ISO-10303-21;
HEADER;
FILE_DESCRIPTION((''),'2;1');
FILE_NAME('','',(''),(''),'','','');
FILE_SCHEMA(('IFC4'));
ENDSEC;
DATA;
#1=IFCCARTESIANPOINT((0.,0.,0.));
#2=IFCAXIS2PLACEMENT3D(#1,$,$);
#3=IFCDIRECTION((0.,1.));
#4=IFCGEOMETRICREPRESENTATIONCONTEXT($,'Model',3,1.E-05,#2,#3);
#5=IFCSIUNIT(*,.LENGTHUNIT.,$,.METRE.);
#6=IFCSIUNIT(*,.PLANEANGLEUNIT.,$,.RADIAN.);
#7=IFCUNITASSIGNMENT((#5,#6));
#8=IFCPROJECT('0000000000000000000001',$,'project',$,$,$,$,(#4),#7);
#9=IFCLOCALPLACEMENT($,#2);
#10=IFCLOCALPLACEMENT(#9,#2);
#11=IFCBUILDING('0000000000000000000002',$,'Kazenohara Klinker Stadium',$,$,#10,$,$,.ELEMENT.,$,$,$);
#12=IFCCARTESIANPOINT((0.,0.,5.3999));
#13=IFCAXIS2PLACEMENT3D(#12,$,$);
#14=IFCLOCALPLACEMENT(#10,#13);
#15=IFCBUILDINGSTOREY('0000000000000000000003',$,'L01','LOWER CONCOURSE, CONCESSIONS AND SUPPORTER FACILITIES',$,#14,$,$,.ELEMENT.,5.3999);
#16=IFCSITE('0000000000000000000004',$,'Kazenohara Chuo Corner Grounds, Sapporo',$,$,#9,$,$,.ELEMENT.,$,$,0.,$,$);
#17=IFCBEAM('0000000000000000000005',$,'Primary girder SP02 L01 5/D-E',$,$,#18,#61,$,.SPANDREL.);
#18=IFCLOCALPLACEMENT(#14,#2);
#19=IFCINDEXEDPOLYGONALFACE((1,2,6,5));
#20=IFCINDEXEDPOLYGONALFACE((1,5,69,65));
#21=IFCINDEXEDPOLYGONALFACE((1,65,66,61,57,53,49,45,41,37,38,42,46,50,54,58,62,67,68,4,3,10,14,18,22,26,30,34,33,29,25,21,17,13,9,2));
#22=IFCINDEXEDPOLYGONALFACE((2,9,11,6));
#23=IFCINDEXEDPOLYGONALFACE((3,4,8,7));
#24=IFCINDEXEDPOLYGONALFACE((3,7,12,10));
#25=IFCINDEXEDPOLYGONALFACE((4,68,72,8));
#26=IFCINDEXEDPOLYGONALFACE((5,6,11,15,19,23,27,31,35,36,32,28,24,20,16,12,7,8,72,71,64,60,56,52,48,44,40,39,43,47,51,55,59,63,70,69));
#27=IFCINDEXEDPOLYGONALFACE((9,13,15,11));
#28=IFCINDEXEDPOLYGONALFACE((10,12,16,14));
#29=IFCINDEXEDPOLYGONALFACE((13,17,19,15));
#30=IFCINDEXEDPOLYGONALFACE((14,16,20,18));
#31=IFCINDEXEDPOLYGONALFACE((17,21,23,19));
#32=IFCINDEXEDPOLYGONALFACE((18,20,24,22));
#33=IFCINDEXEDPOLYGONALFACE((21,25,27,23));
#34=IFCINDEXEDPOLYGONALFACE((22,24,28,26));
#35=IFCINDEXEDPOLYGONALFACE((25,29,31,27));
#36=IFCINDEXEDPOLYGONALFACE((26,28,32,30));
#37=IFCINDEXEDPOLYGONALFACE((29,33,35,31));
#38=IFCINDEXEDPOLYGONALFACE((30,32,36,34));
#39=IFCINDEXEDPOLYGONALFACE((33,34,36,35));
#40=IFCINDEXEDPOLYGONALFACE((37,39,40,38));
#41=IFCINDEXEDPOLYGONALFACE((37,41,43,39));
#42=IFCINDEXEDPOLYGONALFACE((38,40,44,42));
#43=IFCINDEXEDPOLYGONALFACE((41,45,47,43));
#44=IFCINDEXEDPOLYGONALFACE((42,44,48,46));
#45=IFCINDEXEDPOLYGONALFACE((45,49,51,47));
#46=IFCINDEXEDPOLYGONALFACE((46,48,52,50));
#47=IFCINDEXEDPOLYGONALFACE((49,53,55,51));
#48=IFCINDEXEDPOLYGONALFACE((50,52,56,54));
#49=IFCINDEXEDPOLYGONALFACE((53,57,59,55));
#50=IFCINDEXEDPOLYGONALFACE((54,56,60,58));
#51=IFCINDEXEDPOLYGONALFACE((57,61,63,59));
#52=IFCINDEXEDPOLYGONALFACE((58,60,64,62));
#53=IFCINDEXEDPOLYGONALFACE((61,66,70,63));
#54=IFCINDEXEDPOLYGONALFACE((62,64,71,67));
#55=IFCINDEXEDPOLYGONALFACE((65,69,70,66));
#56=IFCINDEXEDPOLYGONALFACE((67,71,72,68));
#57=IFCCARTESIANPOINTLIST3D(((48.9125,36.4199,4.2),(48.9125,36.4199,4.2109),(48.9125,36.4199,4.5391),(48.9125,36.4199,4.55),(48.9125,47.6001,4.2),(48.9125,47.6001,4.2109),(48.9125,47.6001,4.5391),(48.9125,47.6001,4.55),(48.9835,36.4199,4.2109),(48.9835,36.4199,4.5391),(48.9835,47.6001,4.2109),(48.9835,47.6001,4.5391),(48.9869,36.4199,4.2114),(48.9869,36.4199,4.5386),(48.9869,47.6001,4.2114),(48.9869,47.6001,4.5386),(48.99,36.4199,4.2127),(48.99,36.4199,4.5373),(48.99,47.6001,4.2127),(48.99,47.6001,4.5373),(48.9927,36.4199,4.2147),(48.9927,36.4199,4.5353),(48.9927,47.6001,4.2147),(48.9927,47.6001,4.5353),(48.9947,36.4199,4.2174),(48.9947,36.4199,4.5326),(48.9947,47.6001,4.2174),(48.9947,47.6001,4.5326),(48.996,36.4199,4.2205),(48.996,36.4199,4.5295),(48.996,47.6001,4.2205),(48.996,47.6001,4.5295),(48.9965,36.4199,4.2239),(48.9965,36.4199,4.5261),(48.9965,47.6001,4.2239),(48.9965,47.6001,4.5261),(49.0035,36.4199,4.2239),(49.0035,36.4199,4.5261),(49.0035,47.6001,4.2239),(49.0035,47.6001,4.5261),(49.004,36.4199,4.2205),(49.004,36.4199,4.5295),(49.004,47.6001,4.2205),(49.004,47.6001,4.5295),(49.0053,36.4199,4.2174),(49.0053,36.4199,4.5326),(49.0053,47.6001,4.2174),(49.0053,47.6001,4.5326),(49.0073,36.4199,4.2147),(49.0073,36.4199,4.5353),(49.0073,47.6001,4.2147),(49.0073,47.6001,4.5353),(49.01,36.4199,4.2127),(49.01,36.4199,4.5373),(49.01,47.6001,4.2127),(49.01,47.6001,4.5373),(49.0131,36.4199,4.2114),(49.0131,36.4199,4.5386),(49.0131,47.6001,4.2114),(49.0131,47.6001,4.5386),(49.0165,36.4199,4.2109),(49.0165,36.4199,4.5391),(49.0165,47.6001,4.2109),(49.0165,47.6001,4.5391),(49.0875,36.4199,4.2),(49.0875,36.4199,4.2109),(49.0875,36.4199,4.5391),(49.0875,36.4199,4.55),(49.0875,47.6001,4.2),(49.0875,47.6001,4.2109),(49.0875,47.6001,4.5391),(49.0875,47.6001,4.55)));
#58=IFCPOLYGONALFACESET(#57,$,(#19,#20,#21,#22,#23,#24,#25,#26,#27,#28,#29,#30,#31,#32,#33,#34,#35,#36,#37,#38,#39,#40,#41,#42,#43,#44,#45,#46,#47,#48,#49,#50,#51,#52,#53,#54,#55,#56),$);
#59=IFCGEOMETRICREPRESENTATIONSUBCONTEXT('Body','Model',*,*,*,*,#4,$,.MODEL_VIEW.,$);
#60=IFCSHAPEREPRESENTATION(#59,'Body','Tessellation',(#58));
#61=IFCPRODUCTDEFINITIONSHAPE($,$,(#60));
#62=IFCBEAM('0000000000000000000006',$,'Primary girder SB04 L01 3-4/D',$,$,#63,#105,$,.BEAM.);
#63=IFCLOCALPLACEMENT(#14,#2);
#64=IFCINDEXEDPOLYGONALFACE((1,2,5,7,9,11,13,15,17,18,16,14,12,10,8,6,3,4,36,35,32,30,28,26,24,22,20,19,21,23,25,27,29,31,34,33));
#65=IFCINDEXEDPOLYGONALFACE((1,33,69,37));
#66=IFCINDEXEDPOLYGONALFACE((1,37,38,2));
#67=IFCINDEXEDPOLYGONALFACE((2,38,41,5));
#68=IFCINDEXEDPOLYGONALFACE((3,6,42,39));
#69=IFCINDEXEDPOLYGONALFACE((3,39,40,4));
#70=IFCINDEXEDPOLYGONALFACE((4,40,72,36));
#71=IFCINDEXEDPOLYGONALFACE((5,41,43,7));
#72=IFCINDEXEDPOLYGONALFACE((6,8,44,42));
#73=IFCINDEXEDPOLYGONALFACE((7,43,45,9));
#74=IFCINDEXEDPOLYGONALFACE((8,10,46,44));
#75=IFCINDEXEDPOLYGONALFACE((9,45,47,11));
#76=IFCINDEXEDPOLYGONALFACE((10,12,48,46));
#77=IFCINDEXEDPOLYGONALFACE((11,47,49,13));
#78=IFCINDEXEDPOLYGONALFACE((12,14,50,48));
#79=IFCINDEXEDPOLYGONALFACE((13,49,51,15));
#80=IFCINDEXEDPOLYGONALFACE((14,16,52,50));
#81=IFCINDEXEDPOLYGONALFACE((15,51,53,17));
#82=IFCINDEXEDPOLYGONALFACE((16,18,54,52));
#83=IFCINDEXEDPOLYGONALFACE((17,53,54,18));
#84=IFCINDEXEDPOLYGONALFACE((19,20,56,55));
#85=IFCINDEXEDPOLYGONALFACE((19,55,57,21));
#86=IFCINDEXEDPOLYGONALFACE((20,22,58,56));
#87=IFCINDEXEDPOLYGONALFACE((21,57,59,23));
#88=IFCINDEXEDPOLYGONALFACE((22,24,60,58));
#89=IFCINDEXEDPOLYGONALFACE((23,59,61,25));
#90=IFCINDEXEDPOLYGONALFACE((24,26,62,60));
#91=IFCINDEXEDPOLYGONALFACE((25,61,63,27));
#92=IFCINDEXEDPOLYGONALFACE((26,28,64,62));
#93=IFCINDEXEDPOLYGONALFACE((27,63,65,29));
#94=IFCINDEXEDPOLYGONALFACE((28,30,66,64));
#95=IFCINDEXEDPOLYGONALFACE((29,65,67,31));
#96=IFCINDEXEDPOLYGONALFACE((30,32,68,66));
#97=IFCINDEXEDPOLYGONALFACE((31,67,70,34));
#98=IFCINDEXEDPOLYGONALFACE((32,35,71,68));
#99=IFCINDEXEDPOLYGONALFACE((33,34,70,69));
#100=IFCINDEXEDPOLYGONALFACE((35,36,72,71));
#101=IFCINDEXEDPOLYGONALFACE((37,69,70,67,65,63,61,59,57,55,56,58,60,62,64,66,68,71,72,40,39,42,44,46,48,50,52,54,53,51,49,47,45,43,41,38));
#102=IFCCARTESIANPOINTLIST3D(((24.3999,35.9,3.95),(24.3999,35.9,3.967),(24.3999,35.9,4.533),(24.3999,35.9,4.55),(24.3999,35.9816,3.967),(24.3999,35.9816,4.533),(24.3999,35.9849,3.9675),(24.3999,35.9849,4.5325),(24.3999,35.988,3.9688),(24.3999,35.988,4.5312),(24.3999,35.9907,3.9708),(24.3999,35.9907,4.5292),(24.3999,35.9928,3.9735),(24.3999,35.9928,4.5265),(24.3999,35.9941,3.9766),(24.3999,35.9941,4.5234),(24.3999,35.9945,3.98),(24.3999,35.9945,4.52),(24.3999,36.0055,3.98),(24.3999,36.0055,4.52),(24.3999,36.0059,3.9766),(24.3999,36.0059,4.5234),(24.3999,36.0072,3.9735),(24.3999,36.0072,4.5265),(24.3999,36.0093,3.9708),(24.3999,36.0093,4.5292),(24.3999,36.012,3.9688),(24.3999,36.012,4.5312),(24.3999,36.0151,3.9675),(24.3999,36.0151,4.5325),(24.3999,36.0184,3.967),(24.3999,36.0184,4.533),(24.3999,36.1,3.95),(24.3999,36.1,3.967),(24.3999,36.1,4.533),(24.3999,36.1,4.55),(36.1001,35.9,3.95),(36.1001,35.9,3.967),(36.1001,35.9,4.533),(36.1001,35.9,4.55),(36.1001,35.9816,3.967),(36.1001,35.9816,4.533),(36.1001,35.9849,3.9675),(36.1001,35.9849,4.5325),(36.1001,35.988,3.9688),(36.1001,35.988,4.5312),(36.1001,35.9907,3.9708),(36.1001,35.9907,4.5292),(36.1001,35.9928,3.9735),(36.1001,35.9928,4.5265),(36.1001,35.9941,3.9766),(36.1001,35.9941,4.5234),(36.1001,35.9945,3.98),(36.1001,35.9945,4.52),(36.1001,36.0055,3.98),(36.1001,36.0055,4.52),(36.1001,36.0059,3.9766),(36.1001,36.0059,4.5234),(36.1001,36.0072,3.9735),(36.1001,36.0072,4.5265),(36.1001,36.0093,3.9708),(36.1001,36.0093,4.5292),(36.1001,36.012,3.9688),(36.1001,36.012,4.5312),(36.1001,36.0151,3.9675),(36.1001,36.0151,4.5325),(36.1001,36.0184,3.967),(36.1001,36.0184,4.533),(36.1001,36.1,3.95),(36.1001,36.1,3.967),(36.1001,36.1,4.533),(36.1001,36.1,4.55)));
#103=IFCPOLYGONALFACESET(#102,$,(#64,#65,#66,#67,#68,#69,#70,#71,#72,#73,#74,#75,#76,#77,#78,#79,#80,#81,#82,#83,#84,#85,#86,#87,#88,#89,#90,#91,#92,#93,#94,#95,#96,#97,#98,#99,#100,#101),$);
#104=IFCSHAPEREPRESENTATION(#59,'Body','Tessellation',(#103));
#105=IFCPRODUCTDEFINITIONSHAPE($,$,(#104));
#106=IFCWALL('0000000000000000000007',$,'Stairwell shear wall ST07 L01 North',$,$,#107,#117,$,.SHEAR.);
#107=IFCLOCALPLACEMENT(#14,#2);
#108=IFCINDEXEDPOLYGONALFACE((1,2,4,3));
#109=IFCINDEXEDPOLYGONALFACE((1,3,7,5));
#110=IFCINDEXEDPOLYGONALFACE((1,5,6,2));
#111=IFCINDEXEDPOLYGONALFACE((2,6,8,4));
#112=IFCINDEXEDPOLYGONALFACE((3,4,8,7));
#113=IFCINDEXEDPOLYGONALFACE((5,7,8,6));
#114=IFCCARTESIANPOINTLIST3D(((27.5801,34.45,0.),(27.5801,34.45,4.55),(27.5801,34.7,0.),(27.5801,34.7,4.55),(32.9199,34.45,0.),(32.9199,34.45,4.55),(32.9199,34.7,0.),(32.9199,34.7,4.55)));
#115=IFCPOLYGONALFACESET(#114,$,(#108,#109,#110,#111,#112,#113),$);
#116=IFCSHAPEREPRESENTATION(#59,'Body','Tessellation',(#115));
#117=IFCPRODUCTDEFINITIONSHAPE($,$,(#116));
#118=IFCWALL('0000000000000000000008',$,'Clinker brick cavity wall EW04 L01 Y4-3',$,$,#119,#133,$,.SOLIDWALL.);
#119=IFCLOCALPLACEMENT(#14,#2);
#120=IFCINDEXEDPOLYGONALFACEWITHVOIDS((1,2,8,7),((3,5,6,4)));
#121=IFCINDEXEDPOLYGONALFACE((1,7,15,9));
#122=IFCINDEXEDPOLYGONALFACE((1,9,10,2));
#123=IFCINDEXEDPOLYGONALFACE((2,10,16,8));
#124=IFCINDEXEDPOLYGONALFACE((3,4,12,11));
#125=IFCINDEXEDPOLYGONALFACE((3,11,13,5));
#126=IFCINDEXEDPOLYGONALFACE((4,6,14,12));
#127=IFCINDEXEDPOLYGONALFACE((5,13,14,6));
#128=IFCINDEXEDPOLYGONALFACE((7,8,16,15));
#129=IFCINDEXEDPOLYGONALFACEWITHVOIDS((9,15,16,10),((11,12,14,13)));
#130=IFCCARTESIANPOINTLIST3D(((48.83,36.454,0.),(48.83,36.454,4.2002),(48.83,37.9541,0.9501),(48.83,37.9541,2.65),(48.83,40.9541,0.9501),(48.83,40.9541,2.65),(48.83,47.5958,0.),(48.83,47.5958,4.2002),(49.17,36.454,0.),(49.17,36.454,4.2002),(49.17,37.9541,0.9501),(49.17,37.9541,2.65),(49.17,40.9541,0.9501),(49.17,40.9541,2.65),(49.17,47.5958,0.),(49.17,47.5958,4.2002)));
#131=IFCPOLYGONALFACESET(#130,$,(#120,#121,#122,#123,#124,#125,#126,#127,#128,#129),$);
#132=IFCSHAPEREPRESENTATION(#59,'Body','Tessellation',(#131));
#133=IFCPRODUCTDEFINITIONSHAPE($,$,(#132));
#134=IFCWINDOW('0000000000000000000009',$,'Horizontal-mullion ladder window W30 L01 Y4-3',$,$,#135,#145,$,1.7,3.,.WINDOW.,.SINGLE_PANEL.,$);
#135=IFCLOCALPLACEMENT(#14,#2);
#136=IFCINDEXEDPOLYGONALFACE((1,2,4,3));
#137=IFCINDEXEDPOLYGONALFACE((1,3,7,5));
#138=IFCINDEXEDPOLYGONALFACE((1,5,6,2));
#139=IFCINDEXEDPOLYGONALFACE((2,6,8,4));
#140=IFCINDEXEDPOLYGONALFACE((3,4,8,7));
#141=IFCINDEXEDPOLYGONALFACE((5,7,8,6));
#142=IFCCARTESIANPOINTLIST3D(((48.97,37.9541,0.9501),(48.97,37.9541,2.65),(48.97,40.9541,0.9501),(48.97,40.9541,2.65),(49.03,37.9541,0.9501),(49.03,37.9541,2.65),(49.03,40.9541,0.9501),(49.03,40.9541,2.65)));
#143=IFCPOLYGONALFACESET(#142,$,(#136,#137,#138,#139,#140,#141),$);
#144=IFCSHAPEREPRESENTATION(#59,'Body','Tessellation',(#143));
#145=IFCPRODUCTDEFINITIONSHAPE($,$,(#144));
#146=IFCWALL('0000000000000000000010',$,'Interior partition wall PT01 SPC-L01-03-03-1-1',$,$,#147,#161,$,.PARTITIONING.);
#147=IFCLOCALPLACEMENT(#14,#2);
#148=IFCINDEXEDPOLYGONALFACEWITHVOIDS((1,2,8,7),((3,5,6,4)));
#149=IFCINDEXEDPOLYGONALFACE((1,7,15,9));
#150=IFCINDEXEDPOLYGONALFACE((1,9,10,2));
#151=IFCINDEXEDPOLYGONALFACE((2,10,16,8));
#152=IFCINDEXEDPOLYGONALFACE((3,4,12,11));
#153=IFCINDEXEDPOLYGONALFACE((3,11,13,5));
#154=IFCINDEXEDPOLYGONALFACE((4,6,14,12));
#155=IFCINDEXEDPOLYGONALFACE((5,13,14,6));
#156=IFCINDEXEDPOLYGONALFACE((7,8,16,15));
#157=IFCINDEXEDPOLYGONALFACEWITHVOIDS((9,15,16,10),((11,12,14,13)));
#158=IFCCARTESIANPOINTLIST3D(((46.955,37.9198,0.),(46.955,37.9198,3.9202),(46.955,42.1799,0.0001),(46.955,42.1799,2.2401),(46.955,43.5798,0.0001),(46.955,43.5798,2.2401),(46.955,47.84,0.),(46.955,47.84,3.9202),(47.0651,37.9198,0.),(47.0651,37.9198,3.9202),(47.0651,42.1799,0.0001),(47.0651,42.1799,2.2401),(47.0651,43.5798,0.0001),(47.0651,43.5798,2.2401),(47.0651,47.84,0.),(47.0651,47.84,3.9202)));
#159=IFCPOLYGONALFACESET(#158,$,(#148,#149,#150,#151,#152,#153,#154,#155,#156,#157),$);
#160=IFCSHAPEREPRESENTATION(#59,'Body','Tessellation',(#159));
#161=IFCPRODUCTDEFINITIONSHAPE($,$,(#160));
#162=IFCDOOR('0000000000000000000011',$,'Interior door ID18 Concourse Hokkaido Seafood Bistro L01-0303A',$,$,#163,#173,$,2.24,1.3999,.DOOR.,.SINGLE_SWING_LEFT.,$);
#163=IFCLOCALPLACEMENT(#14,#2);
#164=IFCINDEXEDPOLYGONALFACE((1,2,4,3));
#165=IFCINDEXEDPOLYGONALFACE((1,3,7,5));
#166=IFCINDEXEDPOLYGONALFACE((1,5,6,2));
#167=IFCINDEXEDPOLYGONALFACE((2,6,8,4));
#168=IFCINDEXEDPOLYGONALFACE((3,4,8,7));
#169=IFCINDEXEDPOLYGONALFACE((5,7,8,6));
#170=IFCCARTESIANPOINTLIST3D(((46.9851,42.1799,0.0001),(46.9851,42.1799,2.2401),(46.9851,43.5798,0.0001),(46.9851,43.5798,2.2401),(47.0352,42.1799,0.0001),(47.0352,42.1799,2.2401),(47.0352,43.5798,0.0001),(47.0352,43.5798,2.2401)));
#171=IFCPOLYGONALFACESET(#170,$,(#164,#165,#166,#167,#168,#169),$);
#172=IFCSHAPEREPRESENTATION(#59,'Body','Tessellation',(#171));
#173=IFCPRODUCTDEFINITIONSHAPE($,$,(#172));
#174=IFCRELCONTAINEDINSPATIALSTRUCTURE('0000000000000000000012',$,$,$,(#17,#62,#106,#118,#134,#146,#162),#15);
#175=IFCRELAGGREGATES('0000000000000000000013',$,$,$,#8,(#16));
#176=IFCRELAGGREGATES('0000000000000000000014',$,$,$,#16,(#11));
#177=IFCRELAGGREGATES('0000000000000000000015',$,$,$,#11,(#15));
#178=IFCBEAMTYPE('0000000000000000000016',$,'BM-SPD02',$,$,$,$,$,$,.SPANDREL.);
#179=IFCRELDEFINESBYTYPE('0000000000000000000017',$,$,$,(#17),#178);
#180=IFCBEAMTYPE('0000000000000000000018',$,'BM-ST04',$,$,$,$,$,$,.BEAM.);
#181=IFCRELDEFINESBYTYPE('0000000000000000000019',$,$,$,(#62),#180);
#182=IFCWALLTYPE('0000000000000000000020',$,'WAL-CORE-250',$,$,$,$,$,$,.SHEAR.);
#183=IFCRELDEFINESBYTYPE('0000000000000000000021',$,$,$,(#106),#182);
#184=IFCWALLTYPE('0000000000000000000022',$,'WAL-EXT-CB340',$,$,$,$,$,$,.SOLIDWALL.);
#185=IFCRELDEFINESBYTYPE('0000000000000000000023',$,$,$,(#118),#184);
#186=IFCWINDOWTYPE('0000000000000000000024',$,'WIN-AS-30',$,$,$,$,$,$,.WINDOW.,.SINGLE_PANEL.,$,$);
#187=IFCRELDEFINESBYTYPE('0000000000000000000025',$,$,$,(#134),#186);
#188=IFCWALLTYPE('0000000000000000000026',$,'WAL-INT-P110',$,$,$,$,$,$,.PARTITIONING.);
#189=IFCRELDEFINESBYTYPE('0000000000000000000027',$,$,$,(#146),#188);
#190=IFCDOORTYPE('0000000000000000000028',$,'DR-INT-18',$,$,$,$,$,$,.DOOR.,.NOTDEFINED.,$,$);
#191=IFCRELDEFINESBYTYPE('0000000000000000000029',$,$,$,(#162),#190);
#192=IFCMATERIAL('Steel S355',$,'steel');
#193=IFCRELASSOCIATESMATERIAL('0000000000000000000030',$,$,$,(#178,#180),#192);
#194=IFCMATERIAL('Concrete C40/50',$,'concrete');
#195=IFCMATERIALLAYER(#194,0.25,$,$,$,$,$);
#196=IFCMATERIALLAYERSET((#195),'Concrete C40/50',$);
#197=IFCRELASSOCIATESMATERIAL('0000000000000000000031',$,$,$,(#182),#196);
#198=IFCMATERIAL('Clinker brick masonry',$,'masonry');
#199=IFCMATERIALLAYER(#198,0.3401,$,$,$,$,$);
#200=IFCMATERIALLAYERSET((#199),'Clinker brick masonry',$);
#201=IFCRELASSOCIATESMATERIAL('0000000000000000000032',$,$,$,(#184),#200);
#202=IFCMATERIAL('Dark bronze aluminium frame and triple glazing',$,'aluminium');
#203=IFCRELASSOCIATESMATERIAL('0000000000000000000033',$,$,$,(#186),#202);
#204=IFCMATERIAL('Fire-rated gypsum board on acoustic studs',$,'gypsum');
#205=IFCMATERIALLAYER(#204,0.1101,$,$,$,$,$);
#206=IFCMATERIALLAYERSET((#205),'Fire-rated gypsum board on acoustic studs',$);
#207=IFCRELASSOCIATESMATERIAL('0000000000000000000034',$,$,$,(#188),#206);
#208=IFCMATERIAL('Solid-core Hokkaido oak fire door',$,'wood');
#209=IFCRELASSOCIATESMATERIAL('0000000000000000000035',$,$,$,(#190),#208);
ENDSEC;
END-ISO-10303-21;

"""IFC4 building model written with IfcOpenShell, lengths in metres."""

from ifc_helpers import new_model, si_unit, direction, frame, frame_2d, origin, origin_2d, place, context, subcontext, project, spatial, rectangle, i_section, extrude, material, layer, layer_set, material_profile, profile_set, type_object, element, fill, save


model = new_model("IFC4")

# Units and contexts
model_context = context("Model", 3, precision=1e-05, world=origin(), true_north=direction((0.0, 1.0)))
body_context = subcontext(model_context, "Body", "Model", "MODEL_VIEW")
ifc_project = project(units=[si_unit("LENGTHUNIT", "METRE"), si_unit("PLANEANGLEUNIT", "RADIAN")], contexts=[model_context])

# Site, building, storey
site_placement = place(None, origin())
site = spatial("IfcSite", under=ifc_project, at=site_placement, Name="Kazenohara Chuo Corner Grounds, Sapporo", CompositionType="ELEMENT", RefElevation=0.0)
building_placement = place(site_placement, origin())
building = spatial("IfcBuilding", under=site, at=building_placement, Name="Kazenohara Klinker Stadium", CompositionType="ELEMENT")
storey_placement = place(building_placement, frame((0.0, 0.0, 5.3999)))
storey = spatial("IfcBuildingStorey", under=building, at=storey_placement, Name="L01", Description="LOWER CONCOURSE, CONCESSIONS AND SUPPORTER FACILITIES", CompositionType="ELEMENT", Elevation=5.3999)

# Shared definitions
ifc_material_1 = material(Name="Concrete C40/50", Category="concrete")

# Beams
ifc_material_2 = material(Name="Steel S355", Category="steel")
ifc_material_profile_1 = material_profile(ifc_material_2, i_section(OverallWidth=0.175, OverallDepth=0.3501, WebThickness=0.0071, FlangeThickness=0.011, FilletRadius=0.0129, at=origin_2d()), Name="H-350x175x7x11")
ifc_profile_set_1 = profile_set([ifc_material_profile_1], Name="Steel S355")
beam_type_1 = type_object("IfcBeamType", Name="BM-SPD02", PredefinedType="SPANDREL", material=ifc_profile_set_1)
beam_1_placement = place(storey_placement, frame((49.0, 36.4199, 4.375), z_axis=(0.0, 1.0, 0.0), x_axis=(-1.0, 0.0, 0.0)))
element("IfcBeam", 1, at=beam_1_placement, inside=storey, type_object=beam_type_1, Name="Primary girder SP02 L01 5/D-E", PredefinedType="SPANDREL", context=body_context, shape_type="SweptSolid", body=[
    extrude(i_section(OverallWidth=0.175, OverallDepth=0.3501, WebThickness=0.0071, FlangeThickness=0.011, FilletRadius=0.0129, at=origin_2d()), origin(), (0.0, 0.0, 1.0), 11.1802),
])
ifc_material_profile_2 = material_profile(ifc_material_2, i_section(OverallWidth=0.2, OverallDepth=0.6001, WebThickness=0.011, FlangeThickness=0.0171, FilletRadius=0.0129, at=origin_2d()), Name="H-600x200x11x17")
ifc_profile_set_2 = profile_set([ifc_material_profile_2], Name="Steel S355")
beam_type_2 = type_object("IfcBeamType", Name="BM-ST04", PredefinedType="BEAM", material=ifc_profile_set_2)
beam_2_placement = place(storey_placement, frame((24.3999, 36.0, 4.25), z_axis=(1.0, 0.0, 0.0), x_axis=(0.0, 1.0, 0.0)))
element("IfcBeam", 2, at=beam_2_placement, inside=storey, type_object=beam_type_2, Name="Primary girder SB04 L01 3-4/D", PredefinedType="BEAM", context=body_context, shape_type="SweptSolid", body=[
    extrude(i_section(OverallWidth=0.2, OverallDepth=0.6001, WebThickness=0.011, FlangeThickness=0.0171, FilletRadius=0.0129, at=origin_2d()), origin(), (0.0, 0.0, 1.0), 11.7002),
])

# Wall
ifc_layer_1 = layer(ifc_material_1, 0.25)
ifc_layer_set_1 = layer_set([ifc_layer_1], Name="Concrete C40/50")
wall_type_1 = type_object("IfcWallType", Name="WAL-CORE-250", PredefinedType="SHEAR", material=ifc_layer_set_1)
wall_1_placement = place(storey_placement, frame((27.5801, 34.575, 0.0), z_axis=(0.0, 0.0, 1.0), x_axis=(1.0, 0.0, 0.0)))
element("IfcWall", 3, at=wall_1_placement, inside=storey, type_object=wall_type_1, Name="Stairwell shear wall ST07 L01 North", PredefinedType="SHEAR", context=body_context, shape_type="SweptSolid", body=[
    extrude(rectangle(XDim=5.3398, YDim=0.25, at=frame_2d((2.6699, 0.0))), origin(), (0.0, 0.0, 1.0), 4.55),
])

# Wall, opening, window
ifc_material_3 = material(Name="Clinker brick masonry", Category="masonry")
ifc_layer_2 = layer(ifc_material_3, 0.3401)
ifc_layer_set_2 = layer_set([ifc_layer_2], Name="Clinker brick masonry")
wall_type_2 = type_object("IfcWallType", Name="WAL-EXT-CB340", PredefinedType="SOLIDWALL", material=ifc_layer_set_2)
wall_2_placement = place(storey_placement, frame((49.0, 36.4541, 0.0), z_axis=(0.0, 0.0, 1.0), x_axis=(0.0, 1.0, 0.0)))
wall_2 = element("IfcWall", 4, at=wall_2_placement, inside=storey, type_object=wall_type_2, Name="Clinker brick cavity wall EW04 L01 Y4-3", PredefinedType="SOLIDWALL", context=body_context, shape_type="SweptSolid", body=[
    extrude(rectangle(XDim=11.1418, YDim=0.3401, at=frame_2d((5.5708, 0.0))), origin(), (0.0, 0.0, 1.0), 4.2002),
])
opening_1_placement = place(wall_2_placement, frame((1.5, 0.0, 0.95)))
opening_1 = element("IfcOpeningElement", 5, at=opening_1_placement, cuts=wall_2, PredefinedType="OPENING", context=body_context, shape_type="SweptSolid", body=[
    extrude(rectangle(XDim=3.0, YDim=1.7, at=frame_2d((1.5, 0.8501))), frame((0.0, 0.1802, 0.0), z_axis=(0.0, -1.0, 0.0), x_axis=(1.0, 0.0, 0.0)), (0.0, 0.0, 1.0), 0.3601),
])
ifc_material_4 = material(Name="Dark bronze aluminium frame and triple glazing", Category="aluminium")
window_type = type_object("IfcWindowType", Name="WIN-AS-30", PartitioningType="SINGLE_PANEL", PredefinedType="WINDOW", material=ifc_material_4)
window_placement = place(opening_1_placement, origin())
window = element("IfcWindow", 6, at=window_placement, inside=storey, type_object=window_type, Name="Horizontal-mullion ladder window W30 L01 Y4-3", OverallHeight=1.7, OverallWidth=3.0, PartitioningType="SINGLE_PANEL", PredefinedType="WINDOW", context=body_context, shape_type="SweptSolid", body=[
    extrude(rectangle(XDim=3.0, YDim=1.7, at=frame_2d((1.5, 0.8501))), frame((0.0, 0.03, 0.0), z_axis=(0.0, -1.0, 0.0), x_axis=(1.0, 0.0, 0.0)), (0.0, 0.0, 1.0), 0.0601),
])
fill(opening_1, window)

# Wall, opening, door
ifc_material_5 = material(Name="Fire-rated gypsum board on acoustic studs", Category="gypsum")
ifc_layer_3 = layer(ifc_material_5, 0.1101)
ifc_layer_set_3 = layer_set([ifc_layer_3], Name="Fire-rated gypsum board on acoustic studs")
wall_type_3 = type_object("IfcWallType", Name="WAL-INT-P110", PredefinedType="PARTITIONING", material=ifc_layer_set_3)
wall_3_placement = place(storey_placement, frame((47.01, 37.9199, 0.0), z_axis=(0.0, 0.0, 1.0), x_axis=(0.0, 1.0, 0.0)))
wall_3 = element("IfcWall", 7, at=wall_3_placement, inside=storey, type_object=wall_type_3, Name="Interior partition wall PT01 SPC-L01-03-03-1-1", PredefinedType="PARTITIONING", context=body_context, shape_type="SweptSolid", body=[
    extrude(rectangle(XDim=9.9202, YDim=0.1101, at=frame_2d((4.96, 0.0))), origin(), (0.0, 0.0, 1.0), 3.9202),
])
opening_2_placement = place(wall_3_placement, frame((4.26, 0.0, 0.0)))
opening_2 = element("IfcOpeningElement", 8, at=opening_2_placement, cuts=wall_3, PredefinedType="OPENING", context=body_context, shape_type="SweptSolid", body=[
    extrude(rectangle(XDim=1.3999, YDim=2.24, at=frame_2d((0.7, 1.1201))), frame((0.0, 0.0649, 0.0), z_axis=(0.0, -1.0, 0.0), x_axis=(1.0, 0.0, 0.0)), (0.0, 0.0, 1.0), 0.1301),
])
ifc_material_6 = material(Name="Solid-core Hokkaido oak fire door", Category="wood")
door_type_1 = type_object("IfcDoorType", Name="DR-INT-18", OperationType="NOTDEFINED", PredefinedType="DOOR", material=ifc_material_6)
door_1_placement = place(opening_2_placement, origin())
door_1 = element("IfcDoor", 9, at=door_1_placement, inside=storey, type_object=door_type_1, Name="Interior door ID18 Concourse Hokkaido Seafood Bistro L01-0303A", OperationType="SINGLE_SWING_LEFT", OverallHeight=2.24, OverallWidth=1.3999, PredefinedType="DOOR", context=body_context, shape_type="SweptSolid", body=[
    extrude(rectangle(XDim=1.3999, YDim=2.24, at=frame_2d((0.7, 1.1201))), frame((0.0, 0.0249, 0.0), z_axis=(0.0, -1.0, 0.0), x_axis=(1.0, 0.0, 0.0)), (0.0, 0.0, 1.0), 0.05),
])
fill(opening_2, door_1)

save(model, "model.ifc")
